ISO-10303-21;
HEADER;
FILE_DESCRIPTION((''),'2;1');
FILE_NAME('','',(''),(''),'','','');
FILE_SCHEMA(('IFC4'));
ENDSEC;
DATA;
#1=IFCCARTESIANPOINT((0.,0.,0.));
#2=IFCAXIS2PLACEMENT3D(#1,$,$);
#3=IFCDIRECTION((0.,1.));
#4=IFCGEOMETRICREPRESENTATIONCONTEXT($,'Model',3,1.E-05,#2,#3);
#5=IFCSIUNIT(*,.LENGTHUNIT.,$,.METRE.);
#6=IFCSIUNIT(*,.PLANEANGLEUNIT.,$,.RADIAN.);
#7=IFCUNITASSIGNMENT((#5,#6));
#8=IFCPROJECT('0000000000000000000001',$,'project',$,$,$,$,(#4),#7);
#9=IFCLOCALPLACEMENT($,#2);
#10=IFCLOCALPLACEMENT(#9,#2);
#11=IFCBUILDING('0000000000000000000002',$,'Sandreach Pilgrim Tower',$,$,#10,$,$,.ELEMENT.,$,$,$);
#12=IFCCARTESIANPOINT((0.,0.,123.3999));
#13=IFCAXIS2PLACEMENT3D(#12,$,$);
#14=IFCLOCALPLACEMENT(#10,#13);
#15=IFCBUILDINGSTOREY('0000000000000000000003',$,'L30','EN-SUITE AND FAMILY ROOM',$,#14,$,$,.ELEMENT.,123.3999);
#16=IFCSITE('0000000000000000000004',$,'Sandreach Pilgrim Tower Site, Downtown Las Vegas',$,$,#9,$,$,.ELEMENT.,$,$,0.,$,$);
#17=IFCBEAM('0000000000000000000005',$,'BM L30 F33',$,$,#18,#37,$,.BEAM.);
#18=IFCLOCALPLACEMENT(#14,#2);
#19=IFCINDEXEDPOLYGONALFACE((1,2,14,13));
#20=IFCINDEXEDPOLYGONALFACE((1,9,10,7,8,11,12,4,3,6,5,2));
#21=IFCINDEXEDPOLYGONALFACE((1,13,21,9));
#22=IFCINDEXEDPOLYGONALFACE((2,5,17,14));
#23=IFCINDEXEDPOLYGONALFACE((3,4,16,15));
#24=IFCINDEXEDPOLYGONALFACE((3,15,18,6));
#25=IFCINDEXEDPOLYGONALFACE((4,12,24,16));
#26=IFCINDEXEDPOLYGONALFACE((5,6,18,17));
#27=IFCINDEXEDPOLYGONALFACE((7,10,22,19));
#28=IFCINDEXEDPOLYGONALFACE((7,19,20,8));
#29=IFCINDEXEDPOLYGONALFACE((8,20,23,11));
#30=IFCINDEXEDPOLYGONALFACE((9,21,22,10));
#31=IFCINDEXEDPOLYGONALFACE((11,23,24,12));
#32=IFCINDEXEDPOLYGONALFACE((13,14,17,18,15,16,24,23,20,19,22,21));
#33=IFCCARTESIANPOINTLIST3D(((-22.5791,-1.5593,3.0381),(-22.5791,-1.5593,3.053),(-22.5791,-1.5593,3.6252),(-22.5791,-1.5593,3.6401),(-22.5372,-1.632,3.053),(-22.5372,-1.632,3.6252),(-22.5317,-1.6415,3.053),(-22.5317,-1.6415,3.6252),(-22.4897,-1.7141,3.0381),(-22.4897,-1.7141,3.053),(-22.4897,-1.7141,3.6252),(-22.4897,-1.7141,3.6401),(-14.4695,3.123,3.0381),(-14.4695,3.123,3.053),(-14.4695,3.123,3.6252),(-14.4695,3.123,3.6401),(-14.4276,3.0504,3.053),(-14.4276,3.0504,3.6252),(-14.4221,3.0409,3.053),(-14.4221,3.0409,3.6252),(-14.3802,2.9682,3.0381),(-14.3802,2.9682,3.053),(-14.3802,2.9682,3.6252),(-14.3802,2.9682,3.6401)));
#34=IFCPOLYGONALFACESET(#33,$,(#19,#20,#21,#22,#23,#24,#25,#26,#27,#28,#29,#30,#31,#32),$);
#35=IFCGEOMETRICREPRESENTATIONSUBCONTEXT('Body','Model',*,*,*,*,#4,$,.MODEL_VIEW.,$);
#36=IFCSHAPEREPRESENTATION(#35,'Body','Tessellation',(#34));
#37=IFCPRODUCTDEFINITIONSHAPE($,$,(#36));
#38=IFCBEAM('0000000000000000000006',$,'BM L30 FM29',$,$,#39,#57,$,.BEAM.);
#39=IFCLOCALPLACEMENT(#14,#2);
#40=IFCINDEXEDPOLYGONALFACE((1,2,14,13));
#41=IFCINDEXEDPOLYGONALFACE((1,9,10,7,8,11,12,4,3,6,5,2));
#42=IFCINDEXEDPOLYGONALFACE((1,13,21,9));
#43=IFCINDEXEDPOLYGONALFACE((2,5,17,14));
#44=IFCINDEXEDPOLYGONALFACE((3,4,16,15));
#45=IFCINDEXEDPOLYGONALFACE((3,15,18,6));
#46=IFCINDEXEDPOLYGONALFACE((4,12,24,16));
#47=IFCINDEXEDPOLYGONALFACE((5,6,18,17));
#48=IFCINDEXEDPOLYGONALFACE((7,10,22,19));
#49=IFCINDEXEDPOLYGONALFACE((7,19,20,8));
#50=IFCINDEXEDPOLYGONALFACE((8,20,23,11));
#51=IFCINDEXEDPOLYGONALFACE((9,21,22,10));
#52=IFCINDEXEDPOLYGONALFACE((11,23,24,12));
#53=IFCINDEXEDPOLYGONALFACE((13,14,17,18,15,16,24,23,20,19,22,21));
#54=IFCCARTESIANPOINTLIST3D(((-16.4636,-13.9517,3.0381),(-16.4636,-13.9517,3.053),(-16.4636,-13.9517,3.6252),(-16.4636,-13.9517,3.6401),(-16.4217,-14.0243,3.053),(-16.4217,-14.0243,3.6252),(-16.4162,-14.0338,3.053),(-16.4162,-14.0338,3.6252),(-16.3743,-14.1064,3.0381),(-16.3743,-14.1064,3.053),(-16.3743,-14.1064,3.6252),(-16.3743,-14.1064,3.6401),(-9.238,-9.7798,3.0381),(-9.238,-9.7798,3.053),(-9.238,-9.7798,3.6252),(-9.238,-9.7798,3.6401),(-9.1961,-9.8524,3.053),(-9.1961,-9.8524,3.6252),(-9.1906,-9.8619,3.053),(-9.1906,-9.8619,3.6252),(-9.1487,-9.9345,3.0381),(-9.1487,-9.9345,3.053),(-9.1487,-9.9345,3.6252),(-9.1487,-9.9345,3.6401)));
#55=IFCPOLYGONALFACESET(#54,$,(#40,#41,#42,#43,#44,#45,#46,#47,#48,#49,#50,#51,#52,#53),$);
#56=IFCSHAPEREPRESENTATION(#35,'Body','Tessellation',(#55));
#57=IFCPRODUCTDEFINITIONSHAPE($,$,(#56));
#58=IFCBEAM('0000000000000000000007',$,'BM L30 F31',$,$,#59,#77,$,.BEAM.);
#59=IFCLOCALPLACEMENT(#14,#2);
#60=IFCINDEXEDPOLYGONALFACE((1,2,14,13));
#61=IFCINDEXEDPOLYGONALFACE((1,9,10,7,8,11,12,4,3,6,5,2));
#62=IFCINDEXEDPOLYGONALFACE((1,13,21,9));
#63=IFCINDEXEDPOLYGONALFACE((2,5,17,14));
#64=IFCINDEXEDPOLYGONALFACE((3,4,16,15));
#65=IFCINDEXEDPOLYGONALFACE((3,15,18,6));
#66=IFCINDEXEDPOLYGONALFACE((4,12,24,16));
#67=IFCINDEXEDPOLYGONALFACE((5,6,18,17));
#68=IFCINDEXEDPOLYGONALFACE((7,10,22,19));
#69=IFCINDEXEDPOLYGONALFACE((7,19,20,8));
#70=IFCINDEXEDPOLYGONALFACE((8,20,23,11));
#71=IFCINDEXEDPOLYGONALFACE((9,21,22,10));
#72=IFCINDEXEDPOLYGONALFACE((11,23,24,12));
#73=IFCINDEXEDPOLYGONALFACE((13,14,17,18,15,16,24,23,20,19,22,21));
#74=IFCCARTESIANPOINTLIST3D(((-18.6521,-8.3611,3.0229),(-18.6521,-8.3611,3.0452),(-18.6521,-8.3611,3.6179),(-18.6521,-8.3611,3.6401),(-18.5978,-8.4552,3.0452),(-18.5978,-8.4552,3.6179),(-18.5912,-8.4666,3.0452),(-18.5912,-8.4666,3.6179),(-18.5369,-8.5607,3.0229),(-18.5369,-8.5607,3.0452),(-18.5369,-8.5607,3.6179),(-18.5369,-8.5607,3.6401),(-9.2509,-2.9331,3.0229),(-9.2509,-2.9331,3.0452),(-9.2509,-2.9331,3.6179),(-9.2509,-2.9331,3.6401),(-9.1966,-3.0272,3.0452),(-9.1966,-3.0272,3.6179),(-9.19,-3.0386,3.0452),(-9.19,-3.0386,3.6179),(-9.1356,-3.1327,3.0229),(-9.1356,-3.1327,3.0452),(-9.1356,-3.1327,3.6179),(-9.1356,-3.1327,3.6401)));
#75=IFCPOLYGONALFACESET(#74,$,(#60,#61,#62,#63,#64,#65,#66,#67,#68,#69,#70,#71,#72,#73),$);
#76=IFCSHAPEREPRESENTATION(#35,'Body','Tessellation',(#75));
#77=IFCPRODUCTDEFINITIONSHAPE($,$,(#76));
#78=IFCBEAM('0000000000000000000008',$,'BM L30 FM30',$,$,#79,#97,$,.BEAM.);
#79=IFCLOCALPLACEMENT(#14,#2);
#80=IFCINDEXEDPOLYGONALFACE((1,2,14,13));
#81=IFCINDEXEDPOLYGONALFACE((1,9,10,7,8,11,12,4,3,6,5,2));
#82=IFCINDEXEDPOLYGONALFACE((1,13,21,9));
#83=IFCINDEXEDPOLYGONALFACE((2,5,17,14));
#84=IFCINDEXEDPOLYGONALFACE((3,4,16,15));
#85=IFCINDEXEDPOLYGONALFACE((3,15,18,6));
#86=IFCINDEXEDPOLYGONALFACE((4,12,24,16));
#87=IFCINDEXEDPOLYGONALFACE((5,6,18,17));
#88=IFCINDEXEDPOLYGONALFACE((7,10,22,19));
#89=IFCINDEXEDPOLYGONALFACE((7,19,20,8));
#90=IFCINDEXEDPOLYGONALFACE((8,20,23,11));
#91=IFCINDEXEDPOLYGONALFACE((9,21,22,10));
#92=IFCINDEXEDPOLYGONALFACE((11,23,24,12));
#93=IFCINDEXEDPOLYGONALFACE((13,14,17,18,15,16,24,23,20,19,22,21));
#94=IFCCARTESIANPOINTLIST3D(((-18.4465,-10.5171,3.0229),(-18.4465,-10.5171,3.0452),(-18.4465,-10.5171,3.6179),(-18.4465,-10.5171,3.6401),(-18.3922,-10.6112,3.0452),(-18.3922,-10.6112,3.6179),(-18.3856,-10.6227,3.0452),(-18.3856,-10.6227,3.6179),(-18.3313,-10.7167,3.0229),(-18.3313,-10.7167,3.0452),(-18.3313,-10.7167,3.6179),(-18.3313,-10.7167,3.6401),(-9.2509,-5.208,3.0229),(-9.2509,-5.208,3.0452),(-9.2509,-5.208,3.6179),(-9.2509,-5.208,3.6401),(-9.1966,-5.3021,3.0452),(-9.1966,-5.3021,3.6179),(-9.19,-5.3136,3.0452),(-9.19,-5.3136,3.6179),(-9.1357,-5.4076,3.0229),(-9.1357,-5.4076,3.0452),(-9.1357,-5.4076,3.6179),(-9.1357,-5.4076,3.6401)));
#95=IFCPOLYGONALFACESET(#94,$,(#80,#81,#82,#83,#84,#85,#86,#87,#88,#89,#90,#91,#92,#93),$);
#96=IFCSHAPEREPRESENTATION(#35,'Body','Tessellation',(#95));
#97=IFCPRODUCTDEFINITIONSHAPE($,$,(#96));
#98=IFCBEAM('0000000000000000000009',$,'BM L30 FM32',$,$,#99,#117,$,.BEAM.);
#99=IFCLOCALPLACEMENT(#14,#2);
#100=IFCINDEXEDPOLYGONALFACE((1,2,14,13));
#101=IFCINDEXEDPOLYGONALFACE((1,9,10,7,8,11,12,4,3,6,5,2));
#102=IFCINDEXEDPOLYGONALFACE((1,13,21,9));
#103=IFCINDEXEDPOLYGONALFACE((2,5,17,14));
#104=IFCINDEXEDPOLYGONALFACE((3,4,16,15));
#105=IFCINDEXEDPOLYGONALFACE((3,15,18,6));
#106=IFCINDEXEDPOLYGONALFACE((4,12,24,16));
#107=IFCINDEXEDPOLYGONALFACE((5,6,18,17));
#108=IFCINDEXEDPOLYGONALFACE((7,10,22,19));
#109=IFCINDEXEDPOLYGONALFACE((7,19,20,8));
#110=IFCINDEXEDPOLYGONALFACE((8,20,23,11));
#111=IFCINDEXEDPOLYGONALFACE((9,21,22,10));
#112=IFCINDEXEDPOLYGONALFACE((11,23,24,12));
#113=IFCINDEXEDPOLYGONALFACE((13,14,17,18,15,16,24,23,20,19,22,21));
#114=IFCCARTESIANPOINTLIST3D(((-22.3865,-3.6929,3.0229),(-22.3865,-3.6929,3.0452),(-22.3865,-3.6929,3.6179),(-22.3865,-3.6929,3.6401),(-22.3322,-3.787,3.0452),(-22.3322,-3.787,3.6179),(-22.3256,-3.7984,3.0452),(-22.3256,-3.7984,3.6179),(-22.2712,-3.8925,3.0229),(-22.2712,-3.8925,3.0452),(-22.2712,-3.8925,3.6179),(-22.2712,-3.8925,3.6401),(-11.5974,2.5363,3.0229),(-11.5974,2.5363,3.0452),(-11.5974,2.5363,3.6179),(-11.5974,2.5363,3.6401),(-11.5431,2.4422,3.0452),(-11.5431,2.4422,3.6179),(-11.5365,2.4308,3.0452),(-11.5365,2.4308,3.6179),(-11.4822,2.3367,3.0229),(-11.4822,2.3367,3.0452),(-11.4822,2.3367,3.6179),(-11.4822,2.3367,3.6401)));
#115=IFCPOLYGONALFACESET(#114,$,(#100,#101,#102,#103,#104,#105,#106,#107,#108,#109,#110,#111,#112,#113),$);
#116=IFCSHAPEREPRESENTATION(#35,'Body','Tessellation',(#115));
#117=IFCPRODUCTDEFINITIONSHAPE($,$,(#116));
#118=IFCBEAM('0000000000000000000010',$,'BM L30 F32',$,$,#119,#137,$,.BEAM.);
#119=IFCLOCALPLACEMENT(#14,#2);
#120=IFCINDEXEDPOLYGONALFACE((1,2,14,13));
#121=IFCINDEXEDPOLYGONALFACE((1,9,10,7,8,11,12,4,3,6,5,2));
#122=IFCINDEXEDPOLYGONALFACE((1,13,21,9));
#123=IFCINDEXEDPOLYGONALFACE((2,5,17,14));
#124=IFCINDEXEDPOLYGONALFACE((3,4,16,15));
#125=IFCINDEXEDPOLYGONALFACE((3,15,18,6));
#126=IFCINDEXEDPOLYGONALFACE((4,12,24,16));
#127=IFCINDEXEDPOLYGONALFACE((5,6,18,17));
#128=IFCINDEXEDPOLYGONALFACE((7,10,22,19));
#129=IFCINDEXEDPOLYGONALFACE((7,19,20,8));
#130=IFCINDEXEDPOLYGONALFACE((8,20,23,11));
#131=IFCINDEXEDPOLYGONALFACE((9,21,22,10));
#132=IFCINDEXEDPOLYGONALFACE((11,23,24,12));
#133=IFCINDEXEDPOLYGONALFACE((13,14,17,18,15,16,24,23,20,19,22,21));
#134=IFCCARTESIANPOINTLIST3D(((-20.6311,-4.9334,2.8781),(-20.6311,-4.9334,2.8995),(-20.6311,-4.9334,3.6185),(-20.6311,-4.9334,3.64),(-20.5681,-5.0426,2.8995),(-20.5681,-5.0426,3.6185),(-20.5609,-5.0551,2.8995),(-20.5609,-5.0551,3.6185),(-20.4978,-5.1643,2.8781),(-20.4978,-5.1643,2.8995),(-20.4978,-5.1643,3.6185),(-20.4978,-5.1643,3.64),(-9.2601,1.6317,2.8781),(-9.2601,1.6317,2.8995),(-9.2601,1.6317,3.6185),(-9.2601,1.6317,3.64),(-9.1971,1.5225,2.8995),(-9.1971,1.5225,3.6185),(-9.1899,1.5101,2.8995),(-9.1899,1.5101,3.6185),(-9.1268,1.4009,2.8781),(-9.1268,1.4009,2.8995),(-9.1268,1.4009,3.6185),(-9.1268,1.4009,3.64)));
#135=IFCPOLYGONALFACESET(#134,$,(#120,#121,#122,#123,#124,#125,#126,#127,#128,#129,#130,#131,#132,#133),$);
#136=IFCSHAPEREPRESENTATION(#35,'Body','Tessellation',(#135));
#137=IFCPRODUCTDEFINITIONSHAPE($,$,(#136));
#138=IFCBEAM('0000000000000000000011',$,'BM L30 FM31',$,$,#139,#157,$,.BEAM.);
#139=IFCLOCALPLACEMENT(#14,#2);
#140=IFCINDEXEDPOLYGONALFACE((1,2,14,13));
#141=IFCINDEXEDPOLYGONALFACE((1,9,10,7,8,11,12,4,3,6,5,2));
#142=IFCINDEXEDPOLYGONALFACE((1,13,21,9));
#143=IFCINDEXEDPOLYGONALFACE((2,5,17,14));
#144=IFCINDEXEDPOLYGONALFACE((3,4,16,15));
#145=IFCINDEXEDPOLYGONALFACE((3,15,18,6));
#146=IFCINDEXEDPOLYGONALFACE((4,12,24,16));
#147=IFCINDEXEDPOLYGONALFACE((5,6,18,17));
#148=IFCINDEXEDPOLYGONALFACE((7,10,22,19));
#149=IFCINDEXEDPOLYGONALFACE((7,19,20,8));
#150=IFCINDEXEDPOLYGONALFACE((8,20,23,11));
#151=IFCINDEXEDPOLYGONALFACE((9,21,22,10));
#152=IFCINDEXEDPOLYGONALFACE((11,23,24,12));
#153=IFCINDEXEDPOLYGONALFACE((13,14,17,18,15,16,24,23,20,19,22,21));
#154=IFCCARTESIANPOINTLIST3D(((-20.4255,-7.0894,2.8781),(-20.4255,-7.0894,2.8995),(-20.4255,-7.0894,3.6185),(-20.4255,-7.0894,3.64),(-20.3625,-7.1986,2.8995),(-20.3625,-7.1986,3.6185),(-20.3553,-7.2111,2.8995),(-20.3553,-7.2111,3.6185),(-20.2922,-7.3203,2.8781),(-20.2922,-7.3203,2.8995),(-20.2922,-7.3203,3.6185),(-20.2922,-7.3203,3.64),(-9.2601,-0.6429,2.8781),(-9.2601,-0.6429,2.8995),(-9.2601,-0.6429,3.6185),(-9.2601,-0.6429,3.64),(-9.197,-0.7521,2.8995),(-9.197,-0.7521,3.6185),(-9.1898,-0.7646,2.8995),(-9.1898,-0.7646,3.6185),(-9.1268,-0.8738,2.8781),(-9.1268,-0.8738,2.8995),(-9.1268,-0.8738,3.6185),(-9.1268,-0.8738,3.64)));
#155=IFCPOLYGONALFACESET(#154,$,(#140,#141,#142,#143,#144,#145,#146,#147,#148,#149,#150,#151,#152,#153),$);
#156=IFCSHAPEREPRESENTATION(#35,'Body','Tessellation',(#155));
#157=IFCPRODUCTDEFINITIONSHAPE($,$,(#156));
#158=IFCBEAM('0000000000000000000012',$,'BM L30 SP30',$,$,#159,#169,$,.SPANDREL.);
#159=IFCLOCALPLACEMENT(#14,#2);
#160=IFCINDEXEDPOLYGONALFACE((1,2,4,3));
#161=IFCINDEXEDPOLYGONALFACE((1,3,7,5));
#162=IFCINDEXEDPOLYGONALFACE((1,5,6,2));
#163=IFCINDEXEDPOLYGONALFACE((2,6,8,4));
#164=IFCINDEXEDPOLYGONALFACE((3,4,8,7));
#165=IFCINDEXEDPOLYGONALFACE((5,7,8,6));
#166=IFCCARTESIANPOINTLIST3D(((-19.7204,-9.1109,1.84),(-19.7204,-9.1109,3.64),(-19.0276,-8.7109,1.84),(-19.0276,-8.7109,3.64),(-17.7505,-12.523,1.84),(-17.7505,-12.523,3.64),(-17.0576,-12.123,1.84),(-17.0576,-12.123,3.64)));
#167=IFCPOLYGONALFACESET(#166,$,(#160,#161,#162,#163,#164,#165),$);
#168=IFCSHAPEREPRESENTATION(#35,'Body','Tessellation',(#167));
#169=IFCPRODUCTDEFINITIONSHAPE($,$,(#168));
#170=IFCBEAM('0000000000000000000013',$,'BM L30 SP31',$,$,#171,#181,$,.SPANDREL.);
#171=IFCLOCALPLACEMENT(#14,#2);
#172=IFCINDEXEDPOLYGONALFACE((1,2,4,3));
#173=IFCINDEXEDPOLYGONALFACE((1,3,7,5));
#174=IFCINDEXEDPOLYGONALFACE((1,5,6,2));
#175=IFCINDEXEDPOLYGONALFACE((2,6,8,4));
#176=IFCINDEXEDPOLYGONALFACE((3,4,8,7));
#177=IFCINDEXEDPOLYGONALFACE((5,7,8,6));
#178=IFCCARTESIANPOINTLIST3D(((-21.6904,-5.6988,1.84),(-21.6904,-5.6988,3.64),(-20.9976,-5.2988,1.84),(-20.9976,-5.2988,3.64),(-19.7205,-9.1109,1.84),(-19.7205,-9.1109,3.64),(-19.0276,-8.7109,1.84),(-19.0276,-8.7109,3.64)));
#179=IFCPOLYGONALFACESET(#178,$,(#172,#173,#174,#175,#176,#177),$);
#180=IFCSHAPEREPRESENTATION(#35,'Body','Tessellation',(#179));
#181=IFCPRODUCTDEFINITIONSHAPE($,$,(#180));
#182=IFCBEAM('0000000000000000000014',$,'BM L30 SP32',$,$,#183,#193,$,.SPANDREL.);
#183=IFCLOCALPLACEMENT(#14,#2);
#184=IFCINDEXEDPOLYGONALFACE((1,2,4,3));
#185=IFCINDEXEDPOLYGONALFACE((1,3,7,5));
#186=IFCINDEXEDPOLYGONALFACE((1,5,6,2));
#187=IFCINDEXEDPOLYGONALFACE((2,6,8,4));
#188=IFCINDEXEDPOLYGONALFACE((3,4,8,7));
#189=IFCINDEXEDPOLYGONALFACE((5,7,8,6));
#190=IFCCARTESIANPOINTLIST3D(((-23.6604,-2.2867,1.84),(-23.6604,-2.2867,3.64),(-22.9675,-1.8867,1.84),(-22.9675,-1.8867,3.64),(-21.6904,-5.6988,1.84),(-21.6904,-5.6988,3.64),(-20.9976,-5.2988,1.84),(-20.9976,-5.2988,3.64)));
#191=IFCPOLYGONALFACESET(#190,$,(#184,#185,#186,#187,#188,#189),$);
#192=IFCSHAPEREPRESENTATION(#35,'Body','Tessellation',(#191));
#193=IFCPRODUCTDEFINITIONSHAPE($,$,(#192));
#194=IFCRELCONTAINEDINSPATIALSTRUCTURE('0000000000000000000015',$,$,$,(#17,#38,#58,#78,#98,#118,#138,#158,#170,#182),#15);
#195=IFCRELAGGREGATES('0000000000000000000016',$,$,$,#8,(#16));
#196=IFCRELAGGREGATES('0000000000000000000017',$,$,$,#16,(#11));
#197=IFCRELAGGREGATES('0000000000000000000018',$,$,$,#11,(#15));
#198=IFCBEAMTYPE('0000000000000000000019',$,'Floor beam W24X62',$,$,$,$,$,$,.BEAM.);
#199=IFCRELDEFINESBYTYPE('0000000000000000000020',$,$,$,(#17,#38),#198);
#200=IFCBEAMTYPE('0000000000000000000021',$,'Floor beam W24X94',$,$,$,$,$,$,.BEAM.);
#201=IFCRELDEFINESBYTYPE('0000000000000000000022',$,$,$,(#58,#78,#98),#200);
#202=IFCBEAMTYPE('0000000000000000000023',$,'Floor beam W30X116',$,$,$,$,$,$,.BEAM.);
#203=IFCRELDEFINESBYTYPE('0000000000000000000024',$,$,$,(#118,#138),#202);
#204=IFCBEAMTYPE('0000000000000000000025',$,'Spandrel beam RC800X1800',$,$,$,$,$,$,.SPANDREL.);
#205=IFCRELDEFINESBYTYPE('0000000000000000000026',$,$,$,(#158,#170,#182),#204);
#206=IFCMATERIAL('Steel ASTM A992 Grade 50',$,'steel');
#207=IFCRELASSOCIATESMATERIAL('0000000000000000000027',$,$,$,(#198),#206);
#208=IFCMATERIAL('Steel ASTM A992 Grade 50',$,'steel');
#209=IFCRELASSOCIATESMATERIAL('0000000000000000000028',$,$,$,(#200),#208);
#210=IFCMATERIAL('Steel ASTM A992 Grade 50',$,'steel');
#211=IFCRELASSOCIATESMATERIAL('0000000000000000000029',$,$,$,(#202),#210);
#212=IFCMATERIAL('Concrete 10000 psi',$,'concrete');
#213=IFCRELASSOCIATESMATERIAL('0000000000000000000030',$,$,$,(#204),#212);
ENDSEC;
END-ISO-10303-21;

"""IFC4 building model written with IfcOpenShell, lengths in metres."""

from ifc_helpers import new_model, si_unit, direction, frame, origin, origin_2d, place, context, subcontext, project, spatial, rectangle, i_section, extrude, material, material_profile, profile_set, type_object, element, save


model = new_model("IFC4")

# Units and contexts
model_context = context("Model", 3, precision=1e-05, world=origin(), true_north=direction((0.0, 1.0)))
body_context = subcontext(model_context, "Body", "Model", "MODEL_VIEW")
ifc_project = project(units=[si_unit("LENGTHUNIT", "METRE"), si_unit("PLANEANGLEUNIT", "RADIAN")], contexts=[model_context])

# Site, building, storey
site_placement = place(None, origin())
site = spatial("IfcSite", under=ifc_project, at=site_placement, Name="Sandreach Pilgrim Tower Site, Downtown Las Vegas", CompositionType="ELEMENT", RefElevation=0.0)
building_placement = place(site_placement, origin())
building = spatial("IfcBuilding", under=site, at=building_placement, Name="Sandreach Pilgrim Tower", CompositionType="ELEMENT")
storey_placement = place(building_placement, frame((0.0, 0.0, 123.3999)))
storey = spatial("IfcBuildingStorey", under=building, at=storey_placement, Name="L30", Description="EN-SUITE AND FAMILY ROOM", CompositionType="ELEMENT", Elevation=123.3999)

# Beams
ifc_material_1 = material(Name="Steel ASTM A992 Grade 50", Category="steel")
ifc_material_profile_1 = material_profile(ifc_material_1, i_section(OverallWidth=0.1787, OverallDepth=0.6021, WebThickness=0.011, FlangeThickness=0.0149, at=origin_2d()), Name="W24X62")
ifc_profile_set_1 = profile_set([ifc_material_profile_1], Name="Steel ASTM A992 Grade 50")
beam_type_1 = type_object("IfcBeamType", Name="Floor beam W24X62", PredefinedType="BEAM", material=ifc_profile_set_1)
beam_1_placement = place(storey_placement, frame((-22.5344, -1.6367, 3.3391), z_axis=(0.866012, 0.500023, 0.0), x_axis=(-0.500023, 0.866012, 0.0)))
element("IfcBeam", 1, at=beam_1_placement, inside=storey, type_object=beam_type_1, Name="BM L30 F33", PredefinedType="BEAM", context=body_context, shape_type="SweptSolid", body=[
    extrude(i_section(OverallWidth=0.1787, OverallDepth=0.6021, WebThickness=0.011, FlangeThickness=0.0149, at=origin_2d()), origin(), (0.0, 0.0, 1.0), 9.3643),
])
beam_2_placement = place(storey_placement, frame((-16.4189, -14.0291, 3.3391), z_axis=(0.866016, 0.500016, 0.0), x_axis=(-0.500016, 0.866016, 0.0)))
element("IfcBeam", 2, at=beam_2_placement, inside=storey, type_object=beam_type_1, Name="BM L30 FM29", PredefinedType="BEAM", context=body_context, shape_type="SweptSolid", body=[
    extrude(i_section(OverallWidth=0.1787, OverallDepth=0.6021, WebThickness=0.011, FlangeThickness=0.0149, at=origin_2d()), origin(), (0.0, 0.0, 1.0), 8.3435),
])
ifc_material_2 = material(Name="Steel ASTM A992 Grade 50", Category="steel")
ifc_material_profile_2 = material_profile(ifc_material_2, i_section(OverallWidth=0.2305, OverallDepth=0.6172, WebThickness=0.0132, FlangeThickness=0.0222, at=origin_2d()), Name="W24X94")
ifc_profile_set_2 = profile_set([ifc_material_profile_2], Name="Steel ASTM A992 Grade 50")
beam_type_2 = type_object("IfcBeamType", Name="Floor beam W24X94", PredefinedType="BEAM", material=ifc_profile_set_2)
beam_3_placement = place(storey_placement, frame((-18.5945, -8.4609, 3.3315), z_axis=(0.866016, 0.500016, 0.0), x_axis=(-0.500016, 0.866016, 0.0)))
element("IfcBeam", 3, at=beam_3_placement, inside=storey, type_object=beam_type_2, Name="BM L30 F31", PredefinedType="BEAM", context=body_context, shape_type="SweptSolid", body=[
    extrude(i_section(OverallWidth=0.2305, OverallDepth=0.6172, WebThickness=0.0132, FlangeThickness=0.0222, at=origin_2d()), origin(), (0.0, 0.0, 1.0), 10.8557),
])
beam_4_placement = place(storey_placement, frame((-18.3889, -10.6169, 3.3315), z_axis=(0.866024, 0.500002, 0.0), x_axis=(-0.500002, 0.866024, 0.0)))
element("IfcBeam", 4, at=beam_4_placement, inside=storey, type_object=beam_type_2, Name="BM L30 FM30", PredefinedType="BEAM", context=body_context, shape_type="SweptSolid", body=[
    extrude(i_section(OverallWidth=0.2305, OverallDepth=0.6172, WebThickness=0.0132, FlangeThickness=0.0222, at=origin_2d()), origin(), (0.0, 0.0, 1.0), 10.6182),
])
beam_5_placement = place(storey_placement, frame((-22.3289, -3.7927, 3.3315), z_axis=(0.866019, 0.500011, 0.0), x_axis=(-0.500011, 0.866019, 0.0)))
element("IfcBeam", 5, at=beam_5_placement, inside=storey, type_object=beam_type_2, Name="BM L30 FM32", PredefinedType="BEAM", context=body_context, shape_type="SweptSolid", body=[
    extrude(i_section(OverallWidth=0.2305, OverallDepth=0.6172, WebThickness=0.0132, FlangeThickness=0.0222, at=origin_2d()), origin(), (0.0, 0.0, 1.0), 12.4583),
])
ifc_material_3 = material(Name="Steel ASTM A992 Grade 50", Category="steel")
ifc_material_profile_3 = material_profile(ifc_material_3, i_section(OverallWidth=0.2666, OverallDepth=0.762, WebThickness=0.0144, FlangeThickness=0.0215, at=origin_2d()), Name="W30X116")
ifc_profile_set_3 = profile_set([ifc_material_profile_3], Name="Steel ASTM A992 Grade 50")
beam_type_3 = type_object("IfcBeamType", Name="Floor beam W30X116", PredefinedType="BEAM", material=ifc_profile_set_3)
beam_6_placement = place(storey_placement, frame((-20.5645, -5.0488, 3.259), z_axis=(0.866023, 0.500005, 0.0), x_axis=(-0.500005, 0.866023, 0.0)))
element("IfcBeam", 6, at=beam_6_placement, inside=storey, type_object=beam_type_3, Name="BM L30 F32", PredefinedType="BEAM", context=body_context, shape_type="SweptSolid", body=[
    extrude(i_section(OverallWidth=0.2666, OverallDepth=0.762, WebThickness=0.0144, FlangeThickness=0.0215, at=origin_2d()), origin(), (0.0, 0.0, 1.0), 13.1301),
])
beam_7_placement = place(storey_placement, frame((-20.3589, -7.2048, 3.259), z_axis=(0.866022, 0.500007, 0.0), x_axis=(-0.500007, 0.866022, 0.0)))
element("IfcBeam", 7, at=beam_7_placement, inside=storey, type_object=beam_type_3, Name="BM L30 FM31", PredefinedType="BEAM", context=body_context, shape_type="SweptSolid", body=[
    extrude(i_section(OverallWidth=0.2666, OverallDepth=0.762, WebThickness=0.0144, FlangeThickness=0.0215, at=origin_2d()), origin(), (0.0, 0.0, 1.0), 12.8928),
])
ifc_material_4 = material(Name="Concrete 10000 psi", Category="concrete")
ifc_material_profile_4 = material_profile(ifc_material_4, rectangle(XDim=0.8, YDim=1.8, at=origin_2d()), Name="RC800X1800")
ifc_profile_set_4 = profile_set([ifc_material_profile_4], Name="Concrete 10000 psi")
beam_type_4 = type_object("IfcBeamType", Name="Spandrel beam RC800X1800", PredefinedType="SPANDREL", material=ifc_profile_set_4)
for number, where, z_axis, x_axis, name in (
    (8, (-17.4041, -12.323, 2.74), (-0.499998, 0.866027, 0.0), (-0.866027, -0.499998, 0.0), "BM L30 SP30"),
    (9, (-19.374, -8.9109, 2.74), (-0.499998, 0.866027, 0.0), (-0.866027, -0.499998, 0.0), "BM L30 SP31"),
    (10, (-21.344, -5.4988, 2.74), (-0.499998, 0.866027, 0.0), (-0.866027, -0.499998, 0.0), "BM L30 SP32"),
):
    element("IfcBeam", number, at=place(storey_placement, frame(where, z_axis=z_axis, x_axis=x_axis)), inside=storey, type_object=beam_type_4, Name=name, PredefinedType="SPANDREL", context=body_context, shape_type="SweptSolid", body=[
        extrude(rectangle(XDim=0.8, YDim=1.8, at=origin_2d()), origin(), (0.0, 0.0, 1.0), 3.9399),
    ])

save(model, "model.ifc")
